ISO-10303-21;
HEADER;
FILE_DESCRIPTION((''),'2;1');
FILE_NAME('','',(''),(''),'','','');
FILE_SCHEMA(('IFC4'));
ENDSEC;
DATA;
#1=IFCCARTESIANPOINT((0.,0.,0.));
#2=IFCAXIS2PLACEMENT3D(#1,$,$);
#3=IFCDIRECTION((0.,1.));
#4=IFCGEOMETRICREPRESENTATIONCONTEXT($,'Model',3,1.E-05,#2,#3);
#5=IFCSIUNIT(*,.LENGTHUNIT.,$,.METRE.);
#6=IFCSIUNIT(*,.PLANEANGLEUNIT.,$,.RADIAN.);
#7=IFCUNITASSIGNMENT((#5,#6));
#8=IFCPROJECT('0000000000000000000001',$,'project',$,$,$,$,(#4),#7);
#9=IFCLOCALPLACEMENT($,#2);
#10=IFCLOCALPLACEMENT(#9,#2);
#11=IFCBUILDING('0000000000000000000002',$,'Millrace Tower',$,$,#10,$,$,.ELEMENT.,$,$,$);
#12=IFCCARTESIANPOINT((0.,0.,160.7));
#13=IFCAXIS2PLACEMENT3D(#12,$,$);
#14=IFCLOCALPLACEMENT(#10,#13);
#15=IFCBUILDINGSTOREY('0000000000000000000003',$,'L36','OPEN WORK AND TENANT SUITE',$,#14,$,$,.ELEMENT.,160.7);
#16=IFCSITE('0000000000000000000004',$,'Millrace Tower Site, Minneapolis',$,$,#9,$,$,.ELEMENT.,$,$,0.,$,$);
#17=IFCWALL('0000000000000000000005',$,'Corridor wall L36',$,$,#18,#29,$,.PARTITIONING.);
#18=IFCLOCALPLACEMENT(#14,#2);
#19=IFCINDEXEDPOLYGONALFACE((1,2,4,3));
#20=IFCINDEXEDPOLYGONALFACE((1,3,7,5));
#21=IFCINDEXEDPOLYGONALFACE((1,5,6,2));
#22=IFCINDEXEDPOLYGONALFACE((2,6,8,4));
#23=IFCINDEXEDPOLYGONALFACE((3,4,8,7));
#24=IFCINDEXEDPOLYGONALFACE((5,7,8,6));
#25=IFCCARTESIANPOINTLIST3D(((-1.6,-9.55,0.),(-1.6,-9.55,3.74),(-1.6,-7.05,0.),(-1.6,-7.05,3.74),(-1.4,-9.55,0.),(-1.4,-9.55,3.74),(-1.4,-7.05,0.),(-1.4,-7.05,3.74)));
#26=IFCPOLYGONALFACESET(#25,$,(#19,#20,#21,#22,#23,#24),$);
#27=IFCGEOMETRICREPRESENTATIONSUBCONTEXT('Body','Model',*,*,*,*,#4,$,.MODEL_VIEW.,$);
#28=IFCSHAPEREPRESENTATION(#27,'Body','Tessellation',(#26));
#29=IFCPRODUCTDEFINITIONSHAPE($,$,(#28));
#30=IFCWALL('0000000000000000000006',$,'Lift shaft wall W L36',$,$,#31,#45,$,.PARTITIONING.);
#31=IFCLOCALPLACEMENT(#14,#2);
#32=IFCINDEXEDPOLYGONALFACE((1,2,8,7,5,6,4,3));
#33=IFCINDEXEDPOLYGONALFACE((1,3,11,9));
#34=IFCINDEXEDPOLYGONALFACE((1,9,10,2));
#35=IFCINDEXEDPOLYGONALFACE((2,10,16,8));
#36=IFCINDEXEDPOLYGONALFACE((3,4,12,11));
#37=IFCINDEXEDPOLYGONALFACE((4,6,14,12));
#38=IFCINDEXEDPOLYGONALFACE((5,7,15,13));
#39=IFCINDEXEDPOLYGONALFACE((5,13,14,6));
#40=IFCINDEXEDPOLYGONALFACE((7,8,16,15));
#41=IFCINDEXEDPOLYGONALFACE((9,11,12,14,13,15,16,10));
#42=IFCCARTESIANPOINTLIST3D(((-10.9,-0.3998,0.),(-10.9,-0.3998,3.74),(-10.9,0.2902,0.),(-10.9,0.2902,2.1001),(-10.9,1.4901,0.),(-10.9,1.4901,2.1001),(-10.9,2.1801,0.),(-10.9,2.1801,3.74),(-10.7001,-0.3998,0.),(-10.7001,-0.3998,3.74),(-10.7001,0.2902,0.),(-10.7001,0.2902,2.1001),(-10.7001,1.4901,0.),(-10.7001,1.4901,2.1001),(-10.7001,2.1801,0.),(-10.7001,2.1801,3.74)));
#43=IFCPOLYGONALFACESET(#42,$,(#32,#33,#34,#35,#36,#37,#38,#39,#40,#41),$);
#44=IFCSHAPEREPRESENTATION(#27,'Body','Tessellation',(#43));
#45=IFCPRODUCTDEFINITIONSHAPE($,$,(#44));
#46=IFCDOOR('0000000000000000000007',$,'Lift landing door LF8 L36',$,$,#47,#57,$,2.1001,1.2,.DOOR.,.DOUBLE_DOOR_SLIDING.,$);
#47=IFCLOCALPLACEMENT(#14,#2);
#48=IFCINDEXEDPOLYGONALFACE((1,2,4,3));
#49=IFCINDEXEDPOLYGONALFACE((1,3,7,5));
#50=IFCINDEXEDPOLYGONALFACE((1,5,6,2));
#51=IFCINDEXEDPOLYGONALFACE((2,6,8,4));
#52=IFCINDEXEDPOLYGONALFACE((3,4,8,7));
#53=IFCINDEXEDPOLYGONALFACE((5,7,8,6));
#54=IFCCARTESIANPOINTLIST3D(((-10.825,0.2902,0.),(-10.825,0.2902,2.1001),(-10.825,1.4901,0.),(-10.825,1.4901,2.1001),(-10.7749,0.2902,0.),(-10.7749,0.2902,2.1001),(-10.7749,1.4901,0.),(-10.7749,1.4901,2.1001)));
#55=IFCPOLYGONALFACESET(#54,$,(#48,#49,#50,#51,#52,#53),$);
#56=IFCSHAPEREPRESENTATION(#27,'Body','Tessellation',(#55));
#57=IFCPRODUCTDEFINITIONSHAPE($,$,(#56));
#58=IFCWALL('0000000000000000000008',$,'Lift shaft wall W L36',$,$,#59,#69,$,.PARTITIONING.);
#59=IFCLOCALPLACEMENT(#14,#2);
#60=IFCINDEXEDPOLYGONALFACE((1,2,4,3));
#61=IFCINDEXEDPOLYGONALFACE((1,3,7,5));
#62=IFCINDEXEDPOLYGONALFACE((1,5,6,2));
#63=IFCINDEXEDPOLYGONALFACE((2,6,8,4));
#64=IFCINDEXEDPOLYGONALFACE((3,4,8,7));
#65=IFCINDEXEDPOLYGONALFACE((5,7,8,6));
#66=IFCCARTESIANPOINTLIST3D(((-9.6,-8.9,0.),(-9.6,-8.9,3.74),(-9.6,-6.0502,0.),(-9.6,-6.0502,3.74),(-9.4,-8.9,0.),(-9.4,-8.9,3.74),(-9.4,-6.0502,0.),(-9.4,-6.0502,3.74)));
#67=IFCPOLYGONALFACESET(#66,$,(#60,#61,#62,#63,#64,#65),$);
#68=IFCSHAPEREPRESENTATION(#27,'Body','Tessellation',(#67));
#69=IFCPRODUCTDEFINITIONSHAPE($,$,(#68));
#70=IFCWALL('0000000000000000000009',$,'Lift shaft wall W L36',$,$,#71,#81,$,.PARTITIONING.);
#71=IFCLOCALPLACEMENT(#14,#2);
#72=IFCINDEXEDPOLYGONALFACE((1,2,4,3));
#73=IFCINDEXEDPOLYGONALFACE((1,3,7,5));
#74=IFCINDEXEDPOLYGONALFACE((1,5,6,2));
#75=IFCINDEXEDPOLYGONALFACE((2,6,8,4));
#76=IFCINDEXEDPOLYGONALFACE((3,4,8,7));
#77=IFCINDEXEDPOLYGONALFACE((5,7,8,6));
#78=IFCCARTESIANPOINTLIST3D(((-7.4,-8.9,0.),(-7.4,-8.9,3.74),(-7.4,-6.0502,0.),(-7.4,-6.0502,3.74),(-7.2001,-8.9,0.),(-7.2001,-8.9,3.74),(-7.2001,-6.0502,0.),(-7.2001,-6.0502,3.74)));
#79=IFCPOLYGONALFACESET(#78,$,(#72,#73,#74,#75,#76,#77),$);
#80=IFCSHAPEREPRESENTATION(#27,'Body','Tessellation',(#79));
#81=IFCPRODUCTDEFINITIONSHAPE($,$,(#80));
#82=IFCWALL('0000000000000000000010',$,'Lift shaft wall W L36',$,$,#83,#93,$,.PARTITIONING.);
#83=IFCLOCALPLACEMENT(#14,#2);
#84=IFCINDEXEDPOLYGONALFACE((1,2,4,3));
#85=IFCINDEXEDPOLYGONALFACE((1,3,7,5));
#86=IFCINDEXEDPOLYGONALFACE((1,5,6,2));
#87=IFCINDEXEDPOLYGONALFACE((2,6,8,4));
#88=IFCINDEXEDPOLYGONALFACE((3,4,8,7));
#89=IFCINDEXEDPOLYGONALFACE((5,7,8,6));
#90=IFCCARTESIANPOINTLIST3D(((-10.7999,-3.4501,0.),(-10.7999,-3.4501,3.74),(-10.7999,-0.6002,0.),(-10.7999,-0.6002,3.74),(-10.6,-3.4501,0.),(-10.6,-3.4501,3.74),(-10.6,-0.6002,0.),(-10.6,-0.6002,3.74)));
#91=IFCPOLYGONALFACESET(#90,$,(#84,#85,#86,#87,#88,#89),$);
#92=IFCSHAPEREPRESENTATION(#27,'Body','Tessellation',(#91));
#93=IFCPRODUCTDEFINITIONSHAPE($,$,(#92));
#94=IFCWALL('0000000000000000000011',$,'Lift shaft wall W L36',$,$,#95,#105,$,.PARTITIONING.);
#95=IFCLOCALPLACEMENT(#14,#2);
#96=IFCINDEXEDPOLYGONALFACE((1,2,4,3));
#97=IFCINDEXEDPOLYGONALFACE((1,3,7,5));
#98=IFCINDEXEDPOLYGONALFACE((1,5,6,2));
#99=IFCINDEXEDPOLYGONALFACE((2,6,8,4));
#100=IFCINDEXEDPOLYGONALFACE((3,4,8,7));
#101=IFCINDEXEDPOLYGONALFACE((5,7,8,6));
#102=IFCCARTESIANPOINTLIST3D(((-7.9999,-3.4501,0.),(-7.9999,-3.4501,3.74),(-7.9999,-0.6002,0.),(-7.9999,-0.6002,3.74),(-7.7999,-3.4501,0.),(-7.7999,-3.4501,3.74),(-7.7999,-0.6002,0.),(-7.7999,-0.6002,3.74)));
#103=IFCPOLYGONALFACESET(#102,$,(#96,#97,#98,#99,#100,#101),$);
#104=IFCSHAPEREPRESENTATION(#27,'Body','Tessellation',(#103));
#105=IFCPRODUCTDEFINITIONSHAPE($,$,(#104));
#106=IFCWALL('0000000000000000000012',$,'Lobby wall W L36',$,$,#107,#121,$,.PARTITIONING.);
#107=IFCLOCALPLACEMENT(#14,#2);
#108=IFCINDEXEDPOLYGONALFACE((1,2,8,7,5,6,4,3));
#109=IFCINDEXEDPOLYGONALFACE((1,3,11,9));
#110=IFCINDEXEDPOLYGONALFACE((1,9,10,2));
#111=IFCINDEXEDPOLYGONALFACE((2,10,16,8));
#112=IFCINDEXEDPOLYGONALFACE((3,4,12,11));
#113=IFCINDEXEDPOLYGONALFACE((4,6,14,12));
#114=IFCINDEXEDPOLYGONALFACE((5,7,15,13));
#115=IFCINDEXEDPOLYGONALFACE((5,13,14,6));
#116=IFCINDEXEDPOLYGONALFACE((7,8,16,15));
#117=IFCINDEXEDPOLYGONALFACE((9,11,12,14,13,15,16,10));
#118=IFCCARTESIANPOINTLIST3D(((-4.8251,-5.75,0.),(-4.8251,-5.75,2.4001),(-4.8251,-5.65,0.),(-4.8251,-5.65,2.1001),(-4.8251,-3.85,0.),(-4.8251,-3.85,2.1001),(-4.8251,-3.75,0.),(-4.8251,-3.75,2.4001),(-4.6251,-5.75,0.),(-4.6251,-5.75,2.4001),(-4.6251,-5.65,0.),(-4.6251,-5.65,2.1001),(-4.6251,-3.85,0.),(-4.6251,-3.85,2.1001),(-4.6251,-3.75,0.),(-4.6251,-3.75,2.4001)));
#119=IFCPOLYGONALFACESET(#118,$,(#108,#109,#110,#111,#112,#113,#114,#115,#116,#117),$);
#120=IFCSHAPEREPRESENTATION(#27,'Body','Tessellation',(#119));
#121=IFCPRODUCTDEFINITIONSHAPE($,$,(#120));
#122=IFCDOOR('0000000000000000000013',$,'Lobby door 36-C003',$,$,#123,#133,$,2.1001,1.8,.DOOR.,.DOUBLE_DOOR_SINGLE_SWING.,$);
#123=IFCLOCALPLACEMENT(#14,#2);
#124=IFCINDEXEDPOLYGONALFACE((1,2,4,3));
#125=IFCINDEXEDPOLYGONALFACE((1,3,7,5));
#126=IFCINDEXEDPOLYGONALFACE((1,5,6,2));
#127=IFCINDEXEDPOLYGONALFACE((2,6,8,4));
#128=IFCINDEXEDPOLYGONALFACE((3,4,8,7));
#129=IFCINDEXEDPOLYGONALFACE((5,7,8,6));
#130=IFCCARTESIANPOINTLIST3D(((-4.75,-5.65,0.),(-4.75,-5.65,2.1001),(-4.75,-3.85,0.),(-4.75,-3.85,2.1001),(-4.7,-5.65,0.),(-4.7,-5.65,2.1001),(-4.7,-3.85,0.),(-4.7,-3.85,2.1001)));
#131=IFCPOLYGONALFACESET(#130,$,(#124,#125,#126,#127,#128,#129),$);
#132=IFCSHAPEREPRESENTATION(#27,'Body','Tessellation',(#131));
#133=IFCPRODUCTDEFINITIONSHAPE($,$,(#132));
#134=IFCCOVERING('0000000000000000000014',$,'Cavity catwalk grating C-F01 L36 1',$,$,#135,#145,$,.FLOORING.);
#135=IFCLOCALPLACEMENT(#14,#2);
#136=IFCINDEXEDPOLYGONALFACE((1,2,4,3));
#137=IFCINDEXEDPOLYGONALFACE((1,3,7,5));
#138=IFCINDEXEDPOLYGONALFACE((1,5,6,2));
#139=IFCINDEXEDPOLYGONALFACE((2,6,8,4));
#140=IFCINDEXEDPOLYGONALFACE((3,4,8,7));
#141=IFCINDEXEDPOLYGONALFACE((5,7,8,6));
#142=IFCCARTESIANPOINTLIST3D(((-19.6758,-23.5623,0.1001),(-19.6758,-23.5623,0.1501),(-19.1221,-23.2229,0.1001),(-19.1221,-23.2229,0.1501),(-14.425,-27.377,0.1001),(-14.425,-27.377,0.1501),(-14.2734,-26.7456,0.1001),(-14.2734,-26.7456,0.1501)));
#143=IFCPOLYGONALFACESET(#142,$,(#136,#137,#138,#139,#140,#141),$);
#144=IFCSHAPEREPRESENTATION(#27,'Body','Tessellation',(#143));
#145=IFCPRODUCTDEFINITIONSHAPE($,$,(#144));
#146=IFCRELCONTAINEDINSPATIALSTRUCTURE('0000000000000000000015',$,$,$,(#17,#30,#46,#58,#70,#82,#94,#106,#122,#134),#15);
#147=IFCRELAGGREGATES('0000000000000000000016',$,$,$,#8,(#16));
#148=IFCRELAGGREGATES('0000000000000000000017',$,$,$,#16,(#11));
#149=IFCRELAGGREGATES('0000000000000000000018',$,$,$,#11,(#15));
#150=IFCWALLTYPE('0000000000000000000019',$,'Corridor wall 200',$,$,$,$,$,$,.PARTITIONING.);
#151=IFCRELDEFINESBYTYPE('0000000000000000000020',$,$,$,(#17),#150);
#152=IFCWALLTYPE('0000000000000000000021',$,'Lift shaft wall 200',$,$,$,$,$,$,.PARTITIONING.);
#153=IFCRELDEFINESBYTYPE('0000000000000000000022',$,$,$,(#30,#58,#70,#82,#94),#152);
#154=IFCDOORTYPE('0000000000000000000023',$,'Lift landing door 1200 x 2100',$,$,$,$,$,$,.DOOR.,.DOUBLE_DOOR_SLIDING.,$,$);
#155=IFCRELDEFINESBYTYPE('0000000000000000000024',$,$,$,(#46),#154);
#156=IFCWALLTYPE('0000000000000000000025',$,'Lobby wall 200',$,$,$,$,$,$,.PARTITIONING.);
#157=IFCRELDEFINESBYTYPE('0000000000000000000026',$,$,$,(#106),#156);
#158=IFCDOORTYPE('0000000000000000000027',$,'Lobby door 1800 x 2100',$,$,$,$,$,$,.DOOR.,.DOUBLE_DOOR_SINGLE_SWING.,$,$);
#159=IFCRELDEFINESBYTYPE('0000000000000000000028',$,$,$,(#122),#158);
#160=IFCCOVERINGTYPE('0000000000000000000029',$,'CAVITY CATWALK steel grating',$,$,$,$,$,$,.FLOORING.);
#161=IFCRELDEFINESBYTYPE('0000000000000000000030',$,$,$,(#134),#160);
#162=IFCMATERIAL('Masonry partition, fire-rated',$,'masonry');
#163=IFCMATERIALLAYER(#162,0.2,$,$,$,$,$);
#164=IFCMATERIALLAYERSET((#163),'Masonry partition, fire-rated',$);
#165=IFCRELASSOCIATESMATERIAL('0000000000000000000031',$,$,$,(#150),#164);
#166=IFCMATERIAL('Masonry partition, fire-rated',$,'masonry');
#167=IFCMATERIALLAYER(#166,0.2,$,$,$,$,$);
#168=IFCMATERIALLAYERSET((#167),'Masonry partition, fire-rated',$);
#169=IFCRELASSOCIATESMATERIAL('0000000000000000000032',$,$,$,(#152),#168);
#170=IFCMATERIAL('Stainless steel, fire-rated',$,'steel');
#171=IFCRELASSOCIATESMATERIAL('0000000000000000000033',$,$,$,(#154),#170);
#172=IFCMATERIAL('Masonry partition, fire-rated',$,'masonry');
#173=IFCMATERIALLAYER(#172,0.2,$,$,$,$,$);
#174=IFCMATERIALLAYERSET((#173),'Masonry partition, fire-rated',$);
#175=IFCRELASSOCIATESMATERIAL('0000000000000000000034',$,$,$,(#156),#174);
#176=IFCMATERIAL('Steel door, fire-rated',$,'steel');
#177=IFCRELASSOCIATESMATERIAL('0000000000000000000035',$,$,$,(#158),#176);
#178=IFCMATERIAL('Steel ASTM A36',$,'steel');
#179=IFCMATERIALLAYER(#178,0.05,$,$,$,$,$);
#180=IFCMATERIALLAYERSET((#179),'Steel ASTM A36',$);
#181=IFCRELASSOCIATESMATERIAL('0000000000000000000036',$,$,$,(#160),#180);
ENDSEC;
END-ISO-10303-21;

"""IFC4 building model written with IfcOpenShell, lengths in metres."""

from ifc_helpers import new_model, si_unit, direction, frame, frame_2d, origin, place, context, subcontext, project, spatial, polyline, rectangle, outline, extrude, material, layer, layer_set, type_object, element, fill, save


model = new_model("IFC4")

# Units and contexts
model_context = context("Model", 3, precision=1e-05, world=origin(), true_north=direction((0.0, 1.0)))
body_context = subcontext(model_context, "Body", "Model", "MODEL_VIEW")
ifc_project = project(units=[si_unit("LENGTHUNIT", "METRE"), si_unit("PLANEANGLEUNIT", "RADIAN")], contexts=[model_context])

# Site, building, storey
site_placement = place(None, origin())
site = spatial("IfcSite", under=ifc_project, at=site_placement, Name="Millrace Tower Site, Minneapolis", CompositionType="ELEMENT", RefElevation=0.0)
building_placement = place(site_placement, origin())
building = spatial("IfcBuilding", under=site, at=building_placement, Name="Millrace Tower", CompositionType="ELEMENT")
storey_placement = place(building_placement, frame((0.0, 0.0, 160.7)))
storey = spatial("IfcBuildingStorey", under=building, at=storey_placement, Name="L36", Description="OPEN WORK AND TENANT SUITE", CompositionType="ELEMENT", Elevation=160.7)

# Shared definitions
ifc_material_1 = material(Name="Masonry partition, fire-rated", Category="masonry")
ifc_layer_1 = layer(ifc_material_1, 0.2)
ifc_layer_set_1 = layer_set([ifc_layer_1], Name="Masonry partition, fire-rated")
wall_type_1 = type_object("IfcWallType", Name="Corridor wall 200", PredefinedType="PARTITIONING", material=ifc_layer_set_1)

# Wall
wall_1_placement = place(storey_placement, frame((-1.5, -9.55, 0.0), z_axis=(0.0, 0.0, 1.0), x_axis=(0.0, 1.0, 0.0)))
element("IfcWall", 1, at=wall_1_placement, inside=storey, type_object=wall_type_1, Name="Corridor wall L36", PredefinedType="PARTITIONING", context=body_context, shape_type="SweptSolid", body=[
    extrude(rectangle(XDim=2.5, YDim=0.2, at=frame_2d((1.25, 0.0))), origin(), (0.0, 0.0, 1.0), 3.74),
])

# Wall, opening, door
ifc_material_2 = material(Name="Masonry partition, fire-rated", Category="masonry")
ifc_layer_2 = layer(ifc_material_2, 0.2)
ifc_layer_set_2 = layer_set([ifc_layer_2], Name="Masonry partition, fire-rated")
wall_type_2 = type_object("IfcWallType", Name="Lift shaft wall 200", PredefinedType="PARTITIONING", material=ifc_layer_set_2)
wall_2_placement = place(storey_placement, frame((-10.8, -0.3999, 0.0), z_axis=(0.0, 0.0, 1.0), x_axis=(0.0, 1.0, 0.0)))
wall_2 = element("IfcWall", 2, at=wall_2_placement, inside=storey, type_object=wall_type_2, Name="Lift shaft wall W L36", PredefinedType="PARTITIONING", context=body_context, shape_type="SweptSolid", body=[
    extrude(rectangle(XDim=2.5798, YDim=0.2, at=frame_2d((1.29, 0.0))), origin(), (0.0, 0.0, 1.0), 3.74),
])
opening_1_placement = place(wall_2_placement, frame((0.6899, 0.0, 0.0)))
opening_1 = element("IfcOpeningElement", 3, at=opening_1_placement, cuts=wall_2, PredefinedType="OPENING", context=body_context, shape_type="SweptSolid", body=[
    extrude(rectangle(XDim=1.2, YDim=2.1001, at=frame_2d((0.6001, 1.05))), frame((0.0, 0.1099, 0.0), z_axis=(0.0, -1.0, 0.0), x_axis=(1.0, 0.0, 0.0)), (0.0, 0.0, 1.0), 0.22),
])
ifc_material_3 = material(Name="Stainless steel, fire-rated", Category="steel")
door_type_1 = type_object("IfcDoorType", Name="Lift landing door 1200 x 2100", OperationType="DOUBLE_DOOR_SLIDING", PredefinedType="DOOR", material=ifc_material_3)
door_1_placement = place(opening_1_placement, origin())
door_1 = element("IfcDoor", 4, at=door_1_placement, inside=storey, type_object=door_type_1, Name="Lift landing door LF8 L36", OperationType="DOUBLE_DOOR_SLIDING", OverallHeight=2.1001, OverallWidth=1.2, PredefinedType="DOOR", context=body_context, shape_type="SweptSolid", body=[
    extrude(rectangle(XDim=1.2, YDim=2.1001, at=frame_2d((0.6001, 1.05))), frame((0.0, 0.0249, 0.0), z_axis=(0.0, -1.0, 0.0), x_axis=(1.0, 0.0, 0.0)), (0.0, 0.0, 1.0), 0.05),
])
fill(opening_1, door_1)

# Walls
for number, where, z_axis, x_axis, name in (
    (5, (-9.5, -8.8999, 0.0), (0.0, 0.0, 1.0), (0.0, 1.0, 0.0), "Lift shaft wall W L36"),
    (6, (-7.3, -8.8999, 0.0), (0.0, 0.0, 1.0), (0.0, 1.0, 0.0), "Lift shaft wall W L36"),
    (7, (-10.7, -3.45, 0.0), (0.0, 0.0, 1.0), (0.0, 1.0, 0.0), "Lift shaft wall W L36"),
    (8, (-7.8999, -3.45, 0.0), (0.0, 0.0, 1.0), (0.0, 1.0, 0.0), "Lift shaft wall W L36"),
):
    element("IfcWall", number, at=place(storey_placement, frame(where, z_axis=z_axis, x_axis=x_axis)), inside=storey, type_object=wall_type_2, Name=name, PredefinedType="PARTITIONING", context=body_context, shape_type="SweptSolid", body=[
        extrude(rectangle(XDim=2.8499, YDim=0.2, at=frame_2d((1.4248, 0.0))), origin(), (0.0, 0.0, 1.0), 3.74),
    ])

# Wall, opening, door
ifc_material_4 = material(Name="Masonry partition, fire-rated", Category="masonry")
ifc_layer_3 = layer(ifc_material_4, 0.2)
ifc_layer_set_3 = layer_set([ifc_layer_3], Name="Masonry partition, fire-rated")
wall_type_3 = type_object("IfcWallType", Name="Lobby wall 200", PredefinedType="PARTITIONING", material=ifc_layer_set_3)
wall_3_placement = place(storey_placement, frame((-4.7251, -5.75, 0.0), z_axis=(0.0, 0.0, 1.0), x_axis=(0.0, 1.0, 0.0)))
wall_3 = element("IfcWall", 9, at=wall_3_placement, inside=storey, type_object=wall_type_3, Name="Lobby wall W L36", PredefinedType="PARTITIONING", context=body_context, shape_type="SweptSolid", body=[
    extrude(rectangle(XDim=2.0, YDim=0.2, at=frame_2d((1.0, 0.0))), origin(), (0.0, 0.0, 1.0), 2.4001),
])
opening_2_placement = place(wall_3_placement, frame((0.1001, 0.0, 0.0)))
opening_2 = element("IfcOpeningElement", 10, at=opening_2_placement, cuts=wall_3, PredefinedType="OPENING", context=body_context, shape_type="SweptSolid", body=[
    extrude(rectangle(XDim=1.8, YDim=2.1001, at=frame_2d((0.8999, 1.05))), frame((0.0, 0.1099, 0.0), z_axis=(0.0, -1.0, 0.0), x_axis=(1.0, 0.0, 0.0)), (0.0, 0.0, 1.0), 0.22),
])
ifc_material_5 = material(Name="Steel door, fire-rated", Category="steel")
door_type_2 = type_object("IfcDoorType", Name="Lobby door 1800 x 2100", OperationType="DOUBLE_DOOR_SINGLE_SWING", PredefinedType="DOOR", material=ifc_material_5)
door_2_placement = place(opening_2_placement, origin())
door_2 = element("IfcDoor", 11, at=door_2_placement, inside=storey, type_object=door_type_2, Name="Lobby door 36-C003", OperationType="DOUBLE_DOOR_SINGLE_SWING", OverallHeight=2.1001, OverallWidth=1.8, PredefinedType="DOOR", context=body_context, shape_type="SweptSolid", body=[
    extrude(rectangle(XDim=1.8, YDim=2.1001, at=frame_2d((0.8999, 1.05))), frame((0.0, 0.0249, 0.0), z_axis=(0.0, -1.0, 0.0), x_axis=(1.0, 0.0, 0.0)), (0.0, 0.0, 1.0), 0.05),
])
fill(opening_2, door_2)

# Covering
ifc_material_6 = material(Name="Steel ASTM A36", Category="steel")
ifc_layer_4 = layer(ifc_material_6, 0.05)
ifc_layer_set_4 = layer_set([ifc_layer_4], Name="Steel ASTM A36")
covering_type = type_object("IfcCoveringType", Name="CAVITY CATWALK steel grating", PredefinedType="FLOORING", material=ifc_layer_set_4)
covering_placement = place(storey_placement, frame((0.0, 0.0, 0.1001)))
element("IfcCovering", 12, at=covering_placement, inside=storey, type_object=covering_type, Name="Cavity catwalk grating C-F01 L36 1", PredefinedType="FLOORING", context=body_context, shape_type="SweptSolid", body=[
    extrude(outline(polyline([(-19.6758, -23.5623), (-14.425, -27.377), (-14.2734, -26.7456), (-19.1221, -23.2229), (-19.6758, -23.5623)])), origin(), (0.0, 0.0, 1.0), 0.05),
])

save(model, "model.ifc")
